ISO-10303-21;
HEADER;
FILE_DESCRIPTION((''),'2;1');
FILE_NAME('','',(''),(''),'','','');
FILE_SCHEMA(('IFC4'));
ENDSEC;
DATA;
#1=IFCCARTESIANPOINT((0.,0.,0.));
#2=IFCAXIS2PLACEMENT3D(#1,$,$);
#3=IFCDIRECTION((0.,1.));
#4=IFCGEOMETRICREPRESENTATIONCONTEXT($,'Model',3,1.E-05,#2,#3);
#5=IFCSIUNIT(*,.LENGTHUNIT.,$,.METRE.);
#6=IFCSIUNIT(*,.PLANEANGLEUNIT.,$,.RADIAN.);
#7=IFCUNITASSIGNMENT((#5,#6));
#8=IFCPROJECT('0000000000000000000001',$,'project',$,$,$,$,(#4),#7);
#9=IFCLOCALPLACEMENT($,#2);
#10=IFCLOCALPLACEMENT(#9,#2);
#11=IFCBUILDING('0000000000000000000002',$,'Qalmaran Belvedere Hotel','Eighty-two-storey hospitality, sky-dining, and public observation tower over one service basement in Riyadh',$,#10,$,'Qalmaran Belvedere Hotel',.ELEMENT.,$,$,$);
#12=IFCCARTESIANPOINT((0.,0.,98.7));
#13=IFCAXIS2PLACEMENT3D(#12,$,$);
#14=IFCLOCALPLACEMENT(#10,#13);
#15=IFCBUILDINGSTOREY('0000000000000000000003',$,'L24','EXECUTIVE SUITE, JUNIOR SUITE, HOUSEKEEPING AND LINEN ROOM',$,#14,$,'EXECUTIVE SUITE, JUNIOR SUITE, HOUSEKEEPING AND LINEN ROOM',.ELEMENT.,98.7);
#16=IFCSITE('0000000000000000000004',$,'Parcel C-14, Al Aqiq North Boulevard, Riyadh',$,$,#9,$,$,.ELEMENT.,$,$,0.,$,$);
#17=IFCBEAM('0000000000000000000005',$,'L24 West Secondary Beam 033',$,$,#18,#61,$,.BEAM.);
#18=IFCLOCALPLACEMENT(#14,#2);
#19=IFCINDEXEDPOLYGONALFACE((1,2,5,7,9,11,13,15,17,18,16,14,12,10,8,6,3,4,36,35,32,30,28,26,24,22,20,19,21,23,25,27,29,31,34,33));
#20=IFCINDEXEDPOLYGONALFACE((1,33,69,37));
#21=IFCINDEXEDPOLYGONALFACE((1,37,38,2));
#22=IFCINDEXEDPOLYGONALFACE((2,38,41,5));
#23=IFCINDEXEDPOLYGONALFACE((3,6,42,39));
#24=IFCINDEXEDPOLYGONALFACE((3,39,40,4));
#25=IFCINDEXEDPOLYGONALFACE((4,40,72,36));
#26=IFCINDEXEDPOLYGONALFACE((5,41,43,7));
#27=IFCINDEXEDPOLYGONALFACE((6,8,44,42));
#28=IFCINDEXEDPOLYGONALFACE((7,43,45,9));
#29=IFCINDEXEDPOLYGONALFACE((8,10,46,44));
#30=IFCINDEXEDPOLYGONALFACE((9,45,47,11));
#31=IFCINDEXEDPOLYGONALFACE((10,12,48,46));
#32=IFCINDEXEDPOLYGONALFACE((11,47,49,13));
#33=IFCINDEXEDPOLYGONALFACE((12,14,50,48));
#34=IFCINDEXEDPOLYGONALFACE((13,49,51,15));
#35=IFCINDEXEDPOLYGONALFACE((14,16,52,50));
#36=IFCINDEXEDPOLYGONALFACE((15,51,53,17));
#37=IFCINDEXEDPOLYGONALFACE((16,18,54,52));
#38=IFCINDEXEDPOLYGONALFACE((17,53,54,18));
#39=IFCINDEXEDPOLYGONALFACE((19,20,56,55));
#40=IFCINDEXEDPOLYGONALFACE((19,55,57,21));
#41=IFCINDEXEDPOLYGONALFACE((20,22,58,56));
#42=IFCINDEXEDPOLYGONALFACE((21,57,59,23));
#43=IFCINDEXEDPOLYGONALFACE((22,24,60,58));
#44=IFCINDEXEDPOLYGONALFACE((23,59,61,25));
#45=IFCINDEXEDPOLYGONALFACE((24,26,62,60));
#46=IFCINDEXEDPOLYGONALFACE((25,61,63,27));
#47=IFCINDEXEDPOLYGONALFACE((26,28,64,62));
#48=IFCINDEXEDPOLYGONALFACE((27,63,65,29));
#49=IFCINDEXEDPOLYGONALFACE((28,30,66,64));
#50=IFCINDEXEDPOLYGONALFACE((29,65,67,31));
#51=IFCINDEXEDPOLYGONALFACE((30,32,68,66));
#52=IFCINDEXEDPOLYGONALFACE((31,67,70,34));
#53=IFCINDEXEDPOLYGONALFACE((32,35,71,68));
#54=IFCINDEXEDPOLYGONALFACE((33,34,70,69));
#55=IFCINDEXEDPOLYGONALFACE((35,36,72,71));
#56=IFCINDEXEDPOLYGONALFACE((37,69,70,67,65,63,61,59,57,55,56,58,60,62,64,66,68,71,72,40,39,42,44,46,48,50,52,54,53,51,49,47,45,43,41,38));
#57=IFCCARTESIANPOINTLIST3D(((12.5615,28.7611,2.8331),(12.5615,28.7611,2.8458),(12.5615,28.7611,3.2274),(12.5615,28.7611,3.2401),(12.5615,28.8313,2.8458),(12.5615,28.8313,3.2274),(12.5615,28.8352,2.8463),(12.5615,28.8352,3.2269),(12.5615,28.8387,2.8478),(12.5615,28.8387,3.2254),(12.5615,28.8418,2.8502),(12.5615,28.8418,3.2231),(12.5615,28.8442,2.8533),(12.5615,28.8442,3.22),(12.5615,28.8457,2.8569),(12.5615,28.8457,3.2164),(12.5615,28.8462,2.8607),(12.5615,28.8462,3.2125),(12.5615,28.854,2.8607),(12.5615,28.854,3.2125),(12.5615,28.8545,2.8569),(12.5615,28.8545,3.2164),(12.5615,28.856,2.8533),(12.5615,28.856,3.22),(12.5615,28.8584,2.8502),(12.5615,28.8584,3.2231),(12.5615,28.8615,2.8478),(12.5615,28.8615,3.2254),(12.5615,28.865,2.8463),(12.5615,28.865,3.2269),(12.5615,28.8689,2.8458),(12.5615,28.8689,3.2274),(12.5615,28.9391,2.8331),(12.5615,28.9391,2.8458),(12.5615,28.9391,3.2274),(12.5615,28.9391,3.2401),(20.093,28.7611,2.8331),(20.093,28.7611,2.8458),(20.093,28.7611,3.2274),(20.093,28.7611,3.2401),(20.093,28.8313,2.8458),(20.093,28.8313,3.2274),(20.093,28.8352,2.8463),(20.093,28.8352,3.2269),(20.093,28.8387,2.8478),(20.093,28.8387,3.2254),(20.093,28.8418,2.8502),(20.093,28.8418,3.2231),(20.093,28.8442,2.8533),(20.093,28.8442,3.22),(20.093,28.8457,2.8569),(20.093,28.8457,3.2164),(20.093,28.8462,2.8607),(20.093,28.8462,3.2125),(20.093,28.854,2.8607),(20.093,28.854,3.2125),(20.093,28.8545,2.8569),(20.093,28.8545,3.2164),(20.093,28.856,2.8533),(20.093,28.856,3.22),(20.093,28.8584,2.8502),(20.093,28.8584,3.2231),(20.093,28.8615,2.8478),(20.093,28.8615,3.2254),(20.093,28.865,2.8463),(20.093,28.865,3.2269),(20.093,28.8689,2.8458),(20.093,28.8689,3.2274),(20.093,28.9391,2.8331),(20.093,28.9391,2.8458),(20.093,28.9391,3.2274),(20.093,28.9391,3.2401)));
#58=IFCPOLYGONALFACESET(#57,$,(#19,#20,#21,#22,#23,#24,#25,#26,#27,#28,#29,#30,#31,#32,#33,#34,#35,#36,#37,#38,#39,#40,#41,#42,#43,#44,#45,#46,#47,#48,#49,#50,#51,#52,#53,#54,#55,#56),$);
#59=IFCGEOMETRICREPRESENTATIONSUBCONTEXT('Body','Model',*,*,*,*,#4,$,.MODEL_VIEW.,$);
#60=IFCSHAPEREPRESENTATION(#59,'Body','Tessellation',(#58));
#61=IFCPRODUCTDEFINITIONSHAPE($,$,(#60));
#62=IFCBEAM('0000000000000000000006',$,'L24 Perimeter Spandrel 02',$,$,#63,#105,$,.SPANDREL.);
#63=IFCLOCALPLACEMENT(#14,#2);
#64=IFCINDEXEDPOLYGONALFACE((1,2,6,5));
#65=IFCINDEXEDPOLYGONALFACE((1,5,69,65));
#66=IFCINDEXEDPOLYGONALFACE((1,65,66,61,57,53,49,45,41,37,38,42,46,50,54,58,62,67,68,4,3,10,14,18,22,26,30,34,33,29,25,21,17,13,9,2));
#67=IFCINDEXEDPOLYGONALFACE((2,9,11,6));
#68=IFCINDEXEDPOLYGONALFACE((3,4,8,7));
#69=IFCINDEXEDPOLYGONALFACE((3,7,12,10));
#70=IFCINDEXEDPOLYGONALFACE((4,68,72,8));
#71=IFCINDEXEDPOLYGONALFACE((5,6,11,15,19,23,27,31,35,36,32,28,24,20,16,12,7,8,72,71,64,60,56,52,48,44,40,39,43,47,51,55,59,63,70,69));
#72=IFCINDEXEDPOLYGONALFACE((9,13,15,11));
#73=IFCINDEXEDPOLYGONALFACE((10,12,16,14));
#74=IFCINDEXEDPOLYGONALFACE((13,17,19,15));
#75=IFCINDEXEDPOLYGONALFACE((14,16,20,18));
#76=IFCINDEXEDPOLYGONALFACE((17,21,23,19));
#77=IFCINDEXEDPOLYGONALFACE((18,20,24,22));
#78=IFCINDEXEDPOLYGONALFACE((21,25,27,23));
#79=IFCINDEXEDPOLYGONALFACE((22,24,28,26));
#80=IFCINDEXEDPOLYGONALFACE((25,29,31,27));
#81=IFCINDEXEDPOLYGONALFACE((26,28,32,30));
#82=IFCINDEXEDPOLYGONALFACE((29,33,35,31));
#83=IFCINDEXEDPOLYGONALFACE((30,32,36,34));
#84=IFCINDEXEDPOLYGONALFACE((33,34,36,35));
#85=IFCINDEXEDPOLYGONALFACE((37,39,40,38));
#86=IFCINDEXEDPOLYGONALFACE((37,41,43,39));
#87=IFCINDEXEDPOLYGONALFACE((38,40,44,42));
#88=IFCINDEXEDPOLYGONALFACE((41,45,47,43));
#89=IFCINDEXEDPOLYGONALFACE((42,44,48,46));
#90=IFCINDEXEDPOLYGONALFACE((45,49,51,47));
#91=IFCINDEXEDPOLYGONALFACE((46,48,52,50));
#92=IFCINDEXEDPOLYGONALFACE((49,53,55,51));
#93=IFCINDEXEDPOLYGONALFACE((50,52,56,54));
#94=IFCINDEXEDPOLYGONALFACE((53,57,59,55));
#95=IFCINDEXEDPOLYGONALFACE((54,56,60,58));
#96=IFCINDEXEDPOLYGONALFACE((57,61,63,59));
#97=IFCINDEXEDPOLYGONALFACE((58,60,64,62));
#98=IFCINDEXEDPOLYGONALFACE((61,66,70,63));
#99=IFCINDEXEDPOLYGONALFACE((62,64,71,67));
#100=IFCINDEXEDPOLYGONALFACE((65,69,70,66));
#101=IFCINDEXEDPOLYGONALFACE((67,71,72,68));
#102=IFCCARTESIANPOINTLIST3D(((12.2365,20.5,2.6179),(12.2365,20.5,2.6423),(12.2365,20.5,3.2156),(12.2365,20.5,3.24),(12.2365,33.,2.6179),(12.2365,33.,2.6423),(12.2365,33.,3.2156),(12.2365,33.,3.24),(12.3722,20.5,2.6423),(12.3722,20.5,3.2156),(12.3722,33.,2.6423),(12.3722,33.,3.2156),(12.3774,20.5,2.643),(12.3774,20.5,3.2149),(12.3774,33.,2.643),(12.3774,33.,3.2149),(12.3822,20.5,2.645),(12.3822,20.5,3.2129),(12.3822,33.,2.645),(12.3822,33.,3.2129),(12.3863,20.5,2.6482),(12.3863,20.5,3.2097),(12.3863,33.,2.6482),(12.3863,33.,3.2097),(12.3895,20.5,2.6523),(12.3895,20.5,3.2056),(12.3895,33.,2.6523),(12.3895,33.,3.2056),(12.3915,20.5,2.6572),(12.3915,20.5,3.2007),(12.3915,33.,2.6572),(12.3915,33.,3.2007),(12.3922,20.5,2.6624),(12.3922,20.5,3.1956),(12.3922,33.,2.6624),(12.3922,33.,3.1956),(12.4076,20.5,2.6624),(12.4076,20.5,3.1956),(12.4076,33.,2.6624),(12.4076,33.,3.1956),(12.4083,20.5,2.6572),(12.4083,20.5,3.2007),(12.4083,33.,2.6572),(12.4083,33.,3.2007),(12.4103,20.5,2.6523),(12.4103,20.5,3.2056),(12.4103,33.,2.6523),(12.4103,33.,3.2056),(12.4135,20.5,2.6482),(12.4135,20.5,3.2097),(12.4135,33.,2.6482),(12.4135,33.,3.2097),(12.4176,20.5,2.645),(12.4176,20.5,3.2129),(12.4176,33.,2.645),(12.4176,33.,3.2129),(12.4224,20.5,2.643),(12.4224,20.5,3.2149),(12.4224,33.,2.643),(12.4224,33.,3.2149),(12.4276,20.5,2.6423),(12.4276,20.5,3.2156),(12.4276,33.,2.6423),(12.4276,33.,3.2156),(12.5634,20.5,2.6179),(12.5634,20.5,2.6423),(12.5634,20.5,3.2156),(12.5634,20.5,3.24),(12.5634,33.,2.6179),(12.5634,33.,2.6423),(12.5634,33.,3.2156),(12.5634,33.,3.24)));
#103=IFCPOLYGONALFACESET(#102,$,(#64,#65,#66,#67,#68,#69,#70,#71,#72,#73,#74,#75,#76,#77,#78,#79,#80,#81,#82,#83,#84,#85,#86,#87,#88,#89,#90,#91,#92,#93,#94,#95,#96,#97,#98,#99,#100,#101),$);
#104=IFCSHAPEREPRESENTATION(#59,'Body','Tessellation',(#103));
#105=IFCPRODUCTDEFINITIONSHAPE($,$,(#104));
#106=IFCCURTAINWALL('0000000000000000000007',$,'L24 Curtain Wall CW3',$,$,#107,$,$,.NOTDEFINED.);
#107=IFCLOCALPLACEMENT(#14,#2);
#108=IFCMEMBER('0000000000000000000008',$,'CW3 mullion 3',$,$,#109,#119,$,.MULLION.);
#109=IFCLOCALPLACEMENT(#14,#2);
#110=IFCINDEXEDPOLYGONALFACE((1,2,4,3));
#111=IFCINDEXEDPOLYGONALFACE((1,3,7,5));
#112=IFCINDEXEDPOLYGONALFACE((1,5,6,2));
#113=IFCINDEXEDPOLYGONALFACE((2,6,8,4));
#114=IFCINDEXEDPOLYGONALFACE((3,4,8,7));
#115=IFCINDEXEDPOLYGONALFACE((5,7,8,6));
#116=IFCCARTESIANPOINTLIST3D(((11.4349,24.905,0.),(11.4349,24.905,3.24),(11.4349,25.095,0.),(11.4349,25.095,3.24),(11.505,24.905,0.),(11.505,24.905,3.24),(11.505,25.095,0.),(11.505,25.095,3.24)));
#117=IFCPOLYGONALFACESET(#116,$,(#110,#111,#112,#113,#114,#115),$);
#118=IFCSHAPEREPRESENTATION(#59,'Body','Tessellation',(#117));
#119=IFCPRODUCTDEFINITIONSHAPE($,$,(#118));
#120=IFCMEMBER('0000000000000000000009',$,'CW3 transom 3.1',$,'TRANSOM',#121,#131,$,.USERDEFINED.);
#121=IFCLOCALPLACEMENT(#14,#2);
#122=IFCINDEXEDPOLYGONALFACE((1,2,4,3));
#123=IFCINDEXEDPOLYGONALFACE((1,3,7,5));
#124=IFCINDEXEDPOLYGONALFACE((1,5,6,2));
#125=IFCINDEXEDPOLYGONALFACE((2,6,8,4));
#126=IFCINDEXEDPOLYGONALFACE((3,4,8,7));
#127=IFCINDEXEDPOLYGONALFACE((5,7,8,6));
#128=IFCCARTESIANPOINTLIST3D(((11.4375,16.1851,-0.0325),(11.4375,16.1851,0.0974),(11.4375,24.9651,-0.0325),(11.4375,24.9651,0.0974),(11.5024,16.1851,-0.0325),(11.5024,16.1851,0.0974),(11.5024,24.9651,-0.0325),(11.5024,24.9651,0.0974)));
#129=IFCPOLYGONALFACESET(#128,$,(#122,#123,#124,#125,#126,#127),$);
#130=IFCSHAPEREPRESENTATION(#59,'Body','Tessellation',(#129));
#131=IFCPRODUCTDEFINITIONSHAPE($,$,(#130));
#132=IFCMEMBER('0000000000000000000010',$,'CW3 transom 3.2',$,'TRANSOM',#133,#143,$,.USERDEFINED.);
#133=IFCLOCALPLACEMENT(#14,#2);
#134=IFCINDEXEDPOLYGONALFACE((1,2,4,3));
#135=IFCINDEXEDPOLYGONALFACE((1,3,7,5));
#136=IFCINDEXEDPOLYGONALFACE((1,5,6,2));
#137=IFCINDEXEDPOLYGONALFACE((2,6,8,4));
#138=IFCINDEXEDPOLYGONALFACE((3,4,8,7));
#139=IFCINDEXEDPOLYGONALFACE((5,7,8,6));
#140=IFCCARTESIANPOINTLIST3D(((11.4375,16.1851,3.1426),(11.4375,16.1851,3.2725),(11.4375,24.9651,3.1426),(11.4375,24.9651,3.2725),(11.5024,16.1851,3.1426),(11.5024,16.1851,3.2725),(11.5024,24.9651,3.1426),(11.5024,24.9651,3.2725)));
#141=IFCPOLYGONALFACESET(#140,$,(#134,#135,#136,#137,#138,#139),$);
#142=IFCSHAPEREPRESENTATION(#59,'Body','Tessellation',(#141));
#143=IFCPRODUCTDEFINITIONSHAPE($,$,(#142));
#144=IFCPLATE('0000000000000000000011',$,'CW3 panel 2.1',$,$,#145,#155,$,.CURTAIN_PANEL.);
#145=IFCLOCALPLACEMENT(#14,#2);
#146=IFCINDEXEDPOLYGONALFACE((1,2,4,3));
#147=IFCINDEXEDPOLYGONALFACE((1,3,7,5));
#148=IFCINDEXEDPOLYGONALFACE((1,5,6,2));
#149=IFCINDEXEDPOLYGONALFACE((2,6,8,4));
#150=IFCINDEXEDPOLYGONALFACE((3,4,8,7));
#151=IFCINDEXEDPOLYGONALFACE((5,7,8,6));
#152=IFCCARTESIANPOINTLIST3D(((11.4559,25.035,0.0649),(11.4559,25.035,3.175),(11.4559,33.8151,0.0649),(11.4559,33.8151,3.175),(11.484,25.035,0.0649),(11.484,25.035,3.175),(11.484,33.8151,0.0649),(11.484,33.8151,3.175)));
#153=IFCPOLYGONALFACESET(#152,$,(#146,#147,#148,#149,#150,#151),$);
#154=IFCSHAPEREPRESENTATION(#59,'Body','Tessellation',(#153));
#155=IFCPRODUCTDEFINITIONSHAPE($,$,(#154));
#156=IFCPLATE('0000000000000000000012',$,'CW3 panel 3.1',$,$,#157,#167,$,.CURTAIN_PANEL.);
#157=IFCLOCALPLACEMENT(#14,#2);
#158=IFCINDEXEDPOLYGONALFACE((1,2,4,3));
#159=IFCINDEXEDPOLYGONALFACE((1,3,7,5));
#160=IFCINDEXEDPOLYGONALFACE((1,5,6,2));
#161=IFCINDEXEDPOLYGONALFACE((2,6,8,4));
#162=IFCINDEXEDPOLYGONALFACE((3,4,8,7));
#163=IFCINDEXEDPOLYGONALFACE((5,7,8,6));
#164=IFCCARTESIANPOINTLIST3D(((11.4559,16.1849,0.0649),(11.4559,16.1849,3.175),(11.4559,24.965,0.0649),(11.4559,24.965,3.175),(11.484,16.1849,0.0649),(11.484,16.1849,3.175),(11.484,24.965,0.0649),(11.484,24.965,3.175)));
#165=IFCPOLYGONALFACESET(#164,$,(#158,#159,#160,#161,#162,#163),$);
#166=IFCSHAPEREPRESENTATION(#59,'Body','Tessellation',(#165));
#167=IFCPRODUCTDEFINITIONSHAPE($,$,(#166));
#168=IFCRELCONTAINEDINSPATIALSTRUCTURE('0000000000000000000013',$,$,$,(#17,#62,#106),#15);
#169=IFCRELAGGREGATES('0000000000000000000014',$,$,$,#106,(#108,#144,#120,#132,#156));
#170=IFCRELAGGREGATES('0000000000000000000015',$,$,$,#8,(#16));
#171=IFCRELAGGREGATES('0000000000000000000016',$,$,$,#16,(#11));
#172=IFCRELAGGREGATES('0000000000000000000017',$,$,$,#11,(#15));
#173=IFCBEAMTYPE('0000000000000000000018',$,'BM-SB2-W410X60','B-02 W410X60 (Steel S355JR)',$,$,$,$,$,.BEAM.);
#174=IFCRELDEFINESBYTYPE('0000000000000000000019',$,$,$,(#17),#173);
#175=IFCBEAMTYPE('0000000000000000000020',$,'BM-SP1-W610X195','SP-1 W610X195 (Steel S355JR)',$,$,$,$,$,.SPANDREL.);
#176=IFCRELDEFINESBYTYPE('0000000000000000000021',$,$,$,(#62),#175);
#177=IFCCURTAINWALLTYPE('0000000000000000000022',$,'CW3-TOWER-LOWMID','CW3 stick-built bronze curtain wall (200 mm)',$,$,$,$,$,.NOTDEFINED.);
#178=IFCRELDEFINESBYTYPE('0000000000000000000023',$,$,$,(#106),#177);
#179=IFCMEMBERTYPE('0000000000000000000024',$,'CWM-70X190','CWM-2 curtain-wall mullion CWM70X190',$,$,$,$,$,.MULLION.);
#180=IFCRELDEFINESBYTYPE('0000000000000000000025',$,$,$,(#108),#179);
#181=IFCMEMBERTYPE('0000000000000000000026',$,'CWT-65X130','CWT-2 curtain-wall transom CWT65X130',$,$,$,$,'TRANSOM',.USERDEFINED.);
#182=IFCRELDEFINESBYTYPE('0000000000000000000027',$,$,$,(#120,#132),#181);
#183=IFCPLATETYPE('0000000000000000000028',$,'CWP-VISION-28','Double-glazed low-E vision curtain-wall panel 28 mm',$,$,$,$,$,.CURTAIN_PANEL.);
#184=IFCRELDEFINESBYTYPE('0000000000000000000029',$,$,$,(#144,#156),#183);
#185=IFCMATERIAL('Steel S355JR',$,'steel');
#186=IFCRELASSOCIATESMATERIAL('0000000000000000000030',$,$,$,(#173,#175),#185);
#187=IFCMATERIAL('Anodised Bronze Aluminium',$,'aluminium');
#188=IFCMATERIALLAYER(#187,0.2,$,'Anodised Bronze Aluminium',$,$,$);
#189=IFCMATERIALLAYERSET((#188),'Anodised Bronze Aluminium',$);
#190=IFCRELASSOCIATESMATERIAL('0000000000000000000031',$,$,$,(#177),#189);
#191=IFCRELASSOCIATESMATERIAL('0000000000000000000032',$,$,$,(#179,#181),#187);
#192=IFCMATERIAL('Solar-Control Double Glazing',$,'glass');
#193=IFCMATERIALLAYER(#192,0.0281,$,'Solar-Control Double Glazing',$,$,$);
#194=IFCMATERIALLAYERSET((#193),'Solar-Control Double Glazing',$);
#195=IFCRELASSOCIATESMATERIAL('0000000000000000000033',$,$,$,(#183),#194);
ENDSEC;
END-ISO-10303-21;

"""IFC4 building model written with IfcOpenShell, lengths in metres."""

from ifc_helpers import new_model, si_unit, direction, frame, origin, origin_2d, place, context, subcontext, project, spatial, rectangle, i_section, extrude, material, layer, layer_set, material_profile, profile_set, type_object, element, aggregate, save


model = new_model("IFC4")

# Units and contexts
model_context = context("Model", 3, precision=1e-05, world=origin(), true_north=direction((0.0, 1.0)))
body_context = subcontext(model_context, "Body", "Model", "MODEL_VIEW")
ifc_project = project(units=[si_unit("LENGTHUNIT", "METRE"), si_unit("PLANEANGLEUNIT", "RADIAN")], contexts=[model_context])

# Site, building, storey
site_placement = place(None, origin())
site = spatial("IfcSite", under=ifc_project, at=site_placement, Name="Parcel C-14, Al Aqiq North Boulevard, Riyadh", CompositionType="ELEMENT", RefElevation=0.0)
building_placement = place(site_placement, origin())
building = spatial("IfcBuilding", under=site, at=building_placement, Name="Qalmaran Belvedere Hotel", Description="Eighty-two-storey hospitality, sky-dining, and public observation tower over one service basement in Riyadh", LongName="Qalmaran Belvedere Hotel", CompositionType="ELEMENT")
storey_placement = place(building_placement, frame((0.0, 0.0, 98.7)))
storey = spatial("IfcBuildingStorey", under=building, at=storey_placement, Name="L24", Description="EXECUTIVE SUITE, JUNIOR SUITE, HOUSEKEEPING AND LINEN ROOM", LongName="EXECUTIVE SUITE, JUNIOR SUITE, HOUSEKEEPING AND LINEN ROOM", CompositionType="ELEMENT", Elevation=98.7)

# Beams
ifc_material_1 = material(Name="Steel S355JR", Category="steel")
ifc_material_profile_1 = material_profile(ifc_material_1, i_section(OverallWidth=0.178, OverallDepth=0.407, WebThickness=0.0078, FlangeThickness=0.0127, FilletRadius=0.0149, at=origin_2d()), Name="W410X60")
ifc_profile_set_1 = profile_set([ifc_material_profile_1], Name="Steel S355JR")
beam_type_1 = type_object("IfcBeamType", Name="BM-SB2-W410X60", Description="B-02 W410X60 (Steel S355JR)", PredefinedType="BEAM", material=ifc_profile_set_1)
for number, where, z_axis, x_axis, name in (
    (1, (12.5615, 28.8501, 3.0366), (1.0, 0.0, 0.0), (0.0, 1.0, 0.0), "L24 West Secondary Beam 033"),
):
    element("IfcBeam", number, at=place(storey_placement, frame(where, z_axis=z_axis, x_axis=x_axis)), inside=storey, type_object=beam_type_1, Name=name, PredefinedType="BEAM", context=body_context, shape_type="SweptSolid", body=[
        extrude(i_section(OverallWidth=0.178, OverallDepth=0.407, WebThickness=0.0078, FlangeThickness=0.0127, FilletRadius=0.0149, at=origin_2d()), origin(), (0.0, 0.0, 1.0), 7.5315),
    ])
ifc_material_profile_2 = material_profile(ifc_material_1, i_section(OverallWidth=0.3269, OverallDepth=0.6221, WebThickness=0.0154, FlangeThickness=0.0244, FilletRadius=0.02, at=origin_2d()), Name="W610X195")
ifc_profile_set_2 = profile_set([ifc_material_profile_2], Name="Steel S355JR")
beam_type_2 = type_object("IfcBeamType", Name="BM-SP1-W610X195", Description="SP-1 W610X195 (Steel S355JR)", PredefinedType="SPANDREL", material=ifc_profile_set_2)
beam_placement = place(storey_placement, frame((12.3999, 20.5, 2.929), z_axis=(0.0, 1.0, 0.0), x_axis=(-1.0, 0.0, 0.0)))
element("IfcBeam", 2, at=beam_placement, inside=storey, type_object=beam_type_2, Name="L24 Perimeter Spandrel 02", PredefinedType="SPANDREL", context=body_context, shape_type="SweptSolid", body=[
    extrude(i_section(OverallWidth=0.3269, OverallDepth=0.6221, WebThickness=0.0154, FlangeThickness=0.0244, FilletRadius=0.02, at=origin_2d()), origin(), (0.0, 0.0, 1.0), 12.5),
])

# Curtain wall, members, plates
ifc_material_2 = material(Name="Anodised Bronze Aluminium", Category="aluminium")
ifc_layer_1 = layer(ifc_material_2, 0.2, Name="Anodised Bronze Aluminium")
ifc_layer_set_1 = layer_set([ifc_layer_1], Name="Anodised Bronze Aluminium")
curtain_wall_type = type_object("IfcCurtainWallType", Name="CW3-TOWER-LOWMID", Description="CW3 stick-built bronze curtain wall (200 mm)", PredefinedType="NOTDEFINED", material=ifc_layer_set_1)
curtain_wall_placement = place(storey_placement, origin())
curtain_wall = element("IfcCurtainWall", 3, at=curtain_wall_placement, inside=storey, type_object=curtain_wall_type, Name="L24 Curtain Wall CW3", PredefinedType="NOTDEFINED")
ifc_material_profile_3 = material_profile(ifc_material_2, rectangle(XDim=0.0701, YDim=0.1899, at=origin_2d()), Name="CWM70X190")
ifc_profile_set_3 = profile_set([ifc_material_profile_3], Name="Anodised Bronze Aluminium")
member_type_1 = type_object("IfcMemberType", Name="CWM-70X190", Description="CWM-2 curtain-wall mullion CWM70X190", PredefinedType="MULLION", material=ifc_profile_set_3)
member_1_placement = place(storey_placement, frame((11.47, 25.0, 0.0), z_axis=(0.0, 0.0, 1.0), x_axis=(1.0, 0.0, 0.0)))
member_1 = element("IfcMember", 4, at=member_1_placement, type_object=member_type_1, Name="CW3 mullion 3", PredefinedType="MULLION", context=body_context, shape_type="SweptSolid", body=[
    extrude(rectangle(XDim=0.0701, YDim=0.1899, at=origin_2d()), origin(), (0.0, 0.0, 1.0), 3.24),
])
ifc_material_profile_4 = material_profile(ifc_material_2, rectangle(XDim=0.0649, YDim=0.1299, at=origin_2d()), Name="CWT65X130")
ifc_profile_set_4 = profile_set([ifc_material_profile_4], Name="Anodised Bronze Aluminium")
member_type_2 = type_object("IfcMemberType", Name="CWT-65X130", Description="CWT-2 curtain-wall transom CWT65X130", ElementType="TRANSOM", PredefinedType="USERDEFINED", material=ifc_profile_set_4)
member_2_placement = place(storey_placement, frame((11.47, 24.9651, 0.0325), z_axis=(0.0, -1.0, 0.0), x_axis=(1.0, 0.0, 0.0)))
member_2 = element("IfcMember", 5, at=member_2_placement, type_object=member_type_2, Name="CW3 transom 3.1", ObjectType="TRANSOM", PredefinedType="USERDEFINED", context=body_context, shape_type="SweptSolid", body=[
    extrude(rectangle(XDim=0.0649, YDim=0.1299, at=origin_2d()), origin(), (0.0, 0.0, 1.0), 8.78),
])
member_3_placement = place(storey_placement, frame((11.47, 24.9651, 3.2075), z_axis=(0.0, -1.0, 0.0), x_axis=(1.0, 0.0, 0.0)))
member_3 = element("IfcMember", 6, at=member_3_placement, type_object=member_type_2, Name="CW3 transom 3.2", ObjectType="TRANSOM", PredefinedType="USERDEFINED", context=body_context, shape_type="SweptSolid", body=[
    extrude(rectangle(XDim=0.0649, YDim=0.1299, at=origin_2d()), origin(), (0.0, 0.0, 1.0), 8.78),
])
ifc_material_3 = material(Name="Solar-Control Double Glazing", Category="glass")
ifc_layer_2 = layer(ifc_material_3, 0.0281, Name="Solar-Control Double Glazing")
ifc_layer_set_2 = layer_set([ifc_layer_2], Name="Solar-Control Double Glazing")
plate_type = type_object("IfcPlateType", Name="CWP-VISION-28", Description="Double-glazed low-E vision curtain-wall panel 28 mm", PredefinedType="CURTAIN_PANEL", material=ifc_layer_set_2)
plate_1_placement = place(storey_placement, frame((11.47, 29.425, 0.0649), z_axis=(0.0, 0.0, 1.0), x_axis=(0.0, -1.0, 0.0)))
plate_1 = element("IfcPlate", 7, at=plate_1_placement, type_object=plate_type, Name="CW3 panel 2.1", PredefinedType="CURTAIN_PANEL", context=body_context, shape_type="SweptSolid", body=[
    extrude(rectangle(XDim=8.78, YDim=0.0281, at=origin_2d()), origin(), (0.0, 0.0, 1.0), 3.1101),
])
plate_2_placement = place(storey_placement, frame((11.47, 20.575, 0.0649), z_axis=(0.0, 0.0, 1.0), x_axis=(0.0, -1.0, 0.0)))
plate_2 = element("IfcPlate", 8, at=plate_2_placement, type_object=plate_type, Name="CW3 panel 3.1", PredefinedType="CURTAIN_PANEL", context=body_context, shape_type="SweptSolid", body=[
    extrude(rectangle(XDim=8.78, YDim=0.0281, at=origin_2d()), origin(), (0.0, 0.0, 1.0), 3.1101),
])
aggregate(curtain_wall, [member_1, plate_1, member_2, member_3, plate_2])

save(model, "model.ifc")
